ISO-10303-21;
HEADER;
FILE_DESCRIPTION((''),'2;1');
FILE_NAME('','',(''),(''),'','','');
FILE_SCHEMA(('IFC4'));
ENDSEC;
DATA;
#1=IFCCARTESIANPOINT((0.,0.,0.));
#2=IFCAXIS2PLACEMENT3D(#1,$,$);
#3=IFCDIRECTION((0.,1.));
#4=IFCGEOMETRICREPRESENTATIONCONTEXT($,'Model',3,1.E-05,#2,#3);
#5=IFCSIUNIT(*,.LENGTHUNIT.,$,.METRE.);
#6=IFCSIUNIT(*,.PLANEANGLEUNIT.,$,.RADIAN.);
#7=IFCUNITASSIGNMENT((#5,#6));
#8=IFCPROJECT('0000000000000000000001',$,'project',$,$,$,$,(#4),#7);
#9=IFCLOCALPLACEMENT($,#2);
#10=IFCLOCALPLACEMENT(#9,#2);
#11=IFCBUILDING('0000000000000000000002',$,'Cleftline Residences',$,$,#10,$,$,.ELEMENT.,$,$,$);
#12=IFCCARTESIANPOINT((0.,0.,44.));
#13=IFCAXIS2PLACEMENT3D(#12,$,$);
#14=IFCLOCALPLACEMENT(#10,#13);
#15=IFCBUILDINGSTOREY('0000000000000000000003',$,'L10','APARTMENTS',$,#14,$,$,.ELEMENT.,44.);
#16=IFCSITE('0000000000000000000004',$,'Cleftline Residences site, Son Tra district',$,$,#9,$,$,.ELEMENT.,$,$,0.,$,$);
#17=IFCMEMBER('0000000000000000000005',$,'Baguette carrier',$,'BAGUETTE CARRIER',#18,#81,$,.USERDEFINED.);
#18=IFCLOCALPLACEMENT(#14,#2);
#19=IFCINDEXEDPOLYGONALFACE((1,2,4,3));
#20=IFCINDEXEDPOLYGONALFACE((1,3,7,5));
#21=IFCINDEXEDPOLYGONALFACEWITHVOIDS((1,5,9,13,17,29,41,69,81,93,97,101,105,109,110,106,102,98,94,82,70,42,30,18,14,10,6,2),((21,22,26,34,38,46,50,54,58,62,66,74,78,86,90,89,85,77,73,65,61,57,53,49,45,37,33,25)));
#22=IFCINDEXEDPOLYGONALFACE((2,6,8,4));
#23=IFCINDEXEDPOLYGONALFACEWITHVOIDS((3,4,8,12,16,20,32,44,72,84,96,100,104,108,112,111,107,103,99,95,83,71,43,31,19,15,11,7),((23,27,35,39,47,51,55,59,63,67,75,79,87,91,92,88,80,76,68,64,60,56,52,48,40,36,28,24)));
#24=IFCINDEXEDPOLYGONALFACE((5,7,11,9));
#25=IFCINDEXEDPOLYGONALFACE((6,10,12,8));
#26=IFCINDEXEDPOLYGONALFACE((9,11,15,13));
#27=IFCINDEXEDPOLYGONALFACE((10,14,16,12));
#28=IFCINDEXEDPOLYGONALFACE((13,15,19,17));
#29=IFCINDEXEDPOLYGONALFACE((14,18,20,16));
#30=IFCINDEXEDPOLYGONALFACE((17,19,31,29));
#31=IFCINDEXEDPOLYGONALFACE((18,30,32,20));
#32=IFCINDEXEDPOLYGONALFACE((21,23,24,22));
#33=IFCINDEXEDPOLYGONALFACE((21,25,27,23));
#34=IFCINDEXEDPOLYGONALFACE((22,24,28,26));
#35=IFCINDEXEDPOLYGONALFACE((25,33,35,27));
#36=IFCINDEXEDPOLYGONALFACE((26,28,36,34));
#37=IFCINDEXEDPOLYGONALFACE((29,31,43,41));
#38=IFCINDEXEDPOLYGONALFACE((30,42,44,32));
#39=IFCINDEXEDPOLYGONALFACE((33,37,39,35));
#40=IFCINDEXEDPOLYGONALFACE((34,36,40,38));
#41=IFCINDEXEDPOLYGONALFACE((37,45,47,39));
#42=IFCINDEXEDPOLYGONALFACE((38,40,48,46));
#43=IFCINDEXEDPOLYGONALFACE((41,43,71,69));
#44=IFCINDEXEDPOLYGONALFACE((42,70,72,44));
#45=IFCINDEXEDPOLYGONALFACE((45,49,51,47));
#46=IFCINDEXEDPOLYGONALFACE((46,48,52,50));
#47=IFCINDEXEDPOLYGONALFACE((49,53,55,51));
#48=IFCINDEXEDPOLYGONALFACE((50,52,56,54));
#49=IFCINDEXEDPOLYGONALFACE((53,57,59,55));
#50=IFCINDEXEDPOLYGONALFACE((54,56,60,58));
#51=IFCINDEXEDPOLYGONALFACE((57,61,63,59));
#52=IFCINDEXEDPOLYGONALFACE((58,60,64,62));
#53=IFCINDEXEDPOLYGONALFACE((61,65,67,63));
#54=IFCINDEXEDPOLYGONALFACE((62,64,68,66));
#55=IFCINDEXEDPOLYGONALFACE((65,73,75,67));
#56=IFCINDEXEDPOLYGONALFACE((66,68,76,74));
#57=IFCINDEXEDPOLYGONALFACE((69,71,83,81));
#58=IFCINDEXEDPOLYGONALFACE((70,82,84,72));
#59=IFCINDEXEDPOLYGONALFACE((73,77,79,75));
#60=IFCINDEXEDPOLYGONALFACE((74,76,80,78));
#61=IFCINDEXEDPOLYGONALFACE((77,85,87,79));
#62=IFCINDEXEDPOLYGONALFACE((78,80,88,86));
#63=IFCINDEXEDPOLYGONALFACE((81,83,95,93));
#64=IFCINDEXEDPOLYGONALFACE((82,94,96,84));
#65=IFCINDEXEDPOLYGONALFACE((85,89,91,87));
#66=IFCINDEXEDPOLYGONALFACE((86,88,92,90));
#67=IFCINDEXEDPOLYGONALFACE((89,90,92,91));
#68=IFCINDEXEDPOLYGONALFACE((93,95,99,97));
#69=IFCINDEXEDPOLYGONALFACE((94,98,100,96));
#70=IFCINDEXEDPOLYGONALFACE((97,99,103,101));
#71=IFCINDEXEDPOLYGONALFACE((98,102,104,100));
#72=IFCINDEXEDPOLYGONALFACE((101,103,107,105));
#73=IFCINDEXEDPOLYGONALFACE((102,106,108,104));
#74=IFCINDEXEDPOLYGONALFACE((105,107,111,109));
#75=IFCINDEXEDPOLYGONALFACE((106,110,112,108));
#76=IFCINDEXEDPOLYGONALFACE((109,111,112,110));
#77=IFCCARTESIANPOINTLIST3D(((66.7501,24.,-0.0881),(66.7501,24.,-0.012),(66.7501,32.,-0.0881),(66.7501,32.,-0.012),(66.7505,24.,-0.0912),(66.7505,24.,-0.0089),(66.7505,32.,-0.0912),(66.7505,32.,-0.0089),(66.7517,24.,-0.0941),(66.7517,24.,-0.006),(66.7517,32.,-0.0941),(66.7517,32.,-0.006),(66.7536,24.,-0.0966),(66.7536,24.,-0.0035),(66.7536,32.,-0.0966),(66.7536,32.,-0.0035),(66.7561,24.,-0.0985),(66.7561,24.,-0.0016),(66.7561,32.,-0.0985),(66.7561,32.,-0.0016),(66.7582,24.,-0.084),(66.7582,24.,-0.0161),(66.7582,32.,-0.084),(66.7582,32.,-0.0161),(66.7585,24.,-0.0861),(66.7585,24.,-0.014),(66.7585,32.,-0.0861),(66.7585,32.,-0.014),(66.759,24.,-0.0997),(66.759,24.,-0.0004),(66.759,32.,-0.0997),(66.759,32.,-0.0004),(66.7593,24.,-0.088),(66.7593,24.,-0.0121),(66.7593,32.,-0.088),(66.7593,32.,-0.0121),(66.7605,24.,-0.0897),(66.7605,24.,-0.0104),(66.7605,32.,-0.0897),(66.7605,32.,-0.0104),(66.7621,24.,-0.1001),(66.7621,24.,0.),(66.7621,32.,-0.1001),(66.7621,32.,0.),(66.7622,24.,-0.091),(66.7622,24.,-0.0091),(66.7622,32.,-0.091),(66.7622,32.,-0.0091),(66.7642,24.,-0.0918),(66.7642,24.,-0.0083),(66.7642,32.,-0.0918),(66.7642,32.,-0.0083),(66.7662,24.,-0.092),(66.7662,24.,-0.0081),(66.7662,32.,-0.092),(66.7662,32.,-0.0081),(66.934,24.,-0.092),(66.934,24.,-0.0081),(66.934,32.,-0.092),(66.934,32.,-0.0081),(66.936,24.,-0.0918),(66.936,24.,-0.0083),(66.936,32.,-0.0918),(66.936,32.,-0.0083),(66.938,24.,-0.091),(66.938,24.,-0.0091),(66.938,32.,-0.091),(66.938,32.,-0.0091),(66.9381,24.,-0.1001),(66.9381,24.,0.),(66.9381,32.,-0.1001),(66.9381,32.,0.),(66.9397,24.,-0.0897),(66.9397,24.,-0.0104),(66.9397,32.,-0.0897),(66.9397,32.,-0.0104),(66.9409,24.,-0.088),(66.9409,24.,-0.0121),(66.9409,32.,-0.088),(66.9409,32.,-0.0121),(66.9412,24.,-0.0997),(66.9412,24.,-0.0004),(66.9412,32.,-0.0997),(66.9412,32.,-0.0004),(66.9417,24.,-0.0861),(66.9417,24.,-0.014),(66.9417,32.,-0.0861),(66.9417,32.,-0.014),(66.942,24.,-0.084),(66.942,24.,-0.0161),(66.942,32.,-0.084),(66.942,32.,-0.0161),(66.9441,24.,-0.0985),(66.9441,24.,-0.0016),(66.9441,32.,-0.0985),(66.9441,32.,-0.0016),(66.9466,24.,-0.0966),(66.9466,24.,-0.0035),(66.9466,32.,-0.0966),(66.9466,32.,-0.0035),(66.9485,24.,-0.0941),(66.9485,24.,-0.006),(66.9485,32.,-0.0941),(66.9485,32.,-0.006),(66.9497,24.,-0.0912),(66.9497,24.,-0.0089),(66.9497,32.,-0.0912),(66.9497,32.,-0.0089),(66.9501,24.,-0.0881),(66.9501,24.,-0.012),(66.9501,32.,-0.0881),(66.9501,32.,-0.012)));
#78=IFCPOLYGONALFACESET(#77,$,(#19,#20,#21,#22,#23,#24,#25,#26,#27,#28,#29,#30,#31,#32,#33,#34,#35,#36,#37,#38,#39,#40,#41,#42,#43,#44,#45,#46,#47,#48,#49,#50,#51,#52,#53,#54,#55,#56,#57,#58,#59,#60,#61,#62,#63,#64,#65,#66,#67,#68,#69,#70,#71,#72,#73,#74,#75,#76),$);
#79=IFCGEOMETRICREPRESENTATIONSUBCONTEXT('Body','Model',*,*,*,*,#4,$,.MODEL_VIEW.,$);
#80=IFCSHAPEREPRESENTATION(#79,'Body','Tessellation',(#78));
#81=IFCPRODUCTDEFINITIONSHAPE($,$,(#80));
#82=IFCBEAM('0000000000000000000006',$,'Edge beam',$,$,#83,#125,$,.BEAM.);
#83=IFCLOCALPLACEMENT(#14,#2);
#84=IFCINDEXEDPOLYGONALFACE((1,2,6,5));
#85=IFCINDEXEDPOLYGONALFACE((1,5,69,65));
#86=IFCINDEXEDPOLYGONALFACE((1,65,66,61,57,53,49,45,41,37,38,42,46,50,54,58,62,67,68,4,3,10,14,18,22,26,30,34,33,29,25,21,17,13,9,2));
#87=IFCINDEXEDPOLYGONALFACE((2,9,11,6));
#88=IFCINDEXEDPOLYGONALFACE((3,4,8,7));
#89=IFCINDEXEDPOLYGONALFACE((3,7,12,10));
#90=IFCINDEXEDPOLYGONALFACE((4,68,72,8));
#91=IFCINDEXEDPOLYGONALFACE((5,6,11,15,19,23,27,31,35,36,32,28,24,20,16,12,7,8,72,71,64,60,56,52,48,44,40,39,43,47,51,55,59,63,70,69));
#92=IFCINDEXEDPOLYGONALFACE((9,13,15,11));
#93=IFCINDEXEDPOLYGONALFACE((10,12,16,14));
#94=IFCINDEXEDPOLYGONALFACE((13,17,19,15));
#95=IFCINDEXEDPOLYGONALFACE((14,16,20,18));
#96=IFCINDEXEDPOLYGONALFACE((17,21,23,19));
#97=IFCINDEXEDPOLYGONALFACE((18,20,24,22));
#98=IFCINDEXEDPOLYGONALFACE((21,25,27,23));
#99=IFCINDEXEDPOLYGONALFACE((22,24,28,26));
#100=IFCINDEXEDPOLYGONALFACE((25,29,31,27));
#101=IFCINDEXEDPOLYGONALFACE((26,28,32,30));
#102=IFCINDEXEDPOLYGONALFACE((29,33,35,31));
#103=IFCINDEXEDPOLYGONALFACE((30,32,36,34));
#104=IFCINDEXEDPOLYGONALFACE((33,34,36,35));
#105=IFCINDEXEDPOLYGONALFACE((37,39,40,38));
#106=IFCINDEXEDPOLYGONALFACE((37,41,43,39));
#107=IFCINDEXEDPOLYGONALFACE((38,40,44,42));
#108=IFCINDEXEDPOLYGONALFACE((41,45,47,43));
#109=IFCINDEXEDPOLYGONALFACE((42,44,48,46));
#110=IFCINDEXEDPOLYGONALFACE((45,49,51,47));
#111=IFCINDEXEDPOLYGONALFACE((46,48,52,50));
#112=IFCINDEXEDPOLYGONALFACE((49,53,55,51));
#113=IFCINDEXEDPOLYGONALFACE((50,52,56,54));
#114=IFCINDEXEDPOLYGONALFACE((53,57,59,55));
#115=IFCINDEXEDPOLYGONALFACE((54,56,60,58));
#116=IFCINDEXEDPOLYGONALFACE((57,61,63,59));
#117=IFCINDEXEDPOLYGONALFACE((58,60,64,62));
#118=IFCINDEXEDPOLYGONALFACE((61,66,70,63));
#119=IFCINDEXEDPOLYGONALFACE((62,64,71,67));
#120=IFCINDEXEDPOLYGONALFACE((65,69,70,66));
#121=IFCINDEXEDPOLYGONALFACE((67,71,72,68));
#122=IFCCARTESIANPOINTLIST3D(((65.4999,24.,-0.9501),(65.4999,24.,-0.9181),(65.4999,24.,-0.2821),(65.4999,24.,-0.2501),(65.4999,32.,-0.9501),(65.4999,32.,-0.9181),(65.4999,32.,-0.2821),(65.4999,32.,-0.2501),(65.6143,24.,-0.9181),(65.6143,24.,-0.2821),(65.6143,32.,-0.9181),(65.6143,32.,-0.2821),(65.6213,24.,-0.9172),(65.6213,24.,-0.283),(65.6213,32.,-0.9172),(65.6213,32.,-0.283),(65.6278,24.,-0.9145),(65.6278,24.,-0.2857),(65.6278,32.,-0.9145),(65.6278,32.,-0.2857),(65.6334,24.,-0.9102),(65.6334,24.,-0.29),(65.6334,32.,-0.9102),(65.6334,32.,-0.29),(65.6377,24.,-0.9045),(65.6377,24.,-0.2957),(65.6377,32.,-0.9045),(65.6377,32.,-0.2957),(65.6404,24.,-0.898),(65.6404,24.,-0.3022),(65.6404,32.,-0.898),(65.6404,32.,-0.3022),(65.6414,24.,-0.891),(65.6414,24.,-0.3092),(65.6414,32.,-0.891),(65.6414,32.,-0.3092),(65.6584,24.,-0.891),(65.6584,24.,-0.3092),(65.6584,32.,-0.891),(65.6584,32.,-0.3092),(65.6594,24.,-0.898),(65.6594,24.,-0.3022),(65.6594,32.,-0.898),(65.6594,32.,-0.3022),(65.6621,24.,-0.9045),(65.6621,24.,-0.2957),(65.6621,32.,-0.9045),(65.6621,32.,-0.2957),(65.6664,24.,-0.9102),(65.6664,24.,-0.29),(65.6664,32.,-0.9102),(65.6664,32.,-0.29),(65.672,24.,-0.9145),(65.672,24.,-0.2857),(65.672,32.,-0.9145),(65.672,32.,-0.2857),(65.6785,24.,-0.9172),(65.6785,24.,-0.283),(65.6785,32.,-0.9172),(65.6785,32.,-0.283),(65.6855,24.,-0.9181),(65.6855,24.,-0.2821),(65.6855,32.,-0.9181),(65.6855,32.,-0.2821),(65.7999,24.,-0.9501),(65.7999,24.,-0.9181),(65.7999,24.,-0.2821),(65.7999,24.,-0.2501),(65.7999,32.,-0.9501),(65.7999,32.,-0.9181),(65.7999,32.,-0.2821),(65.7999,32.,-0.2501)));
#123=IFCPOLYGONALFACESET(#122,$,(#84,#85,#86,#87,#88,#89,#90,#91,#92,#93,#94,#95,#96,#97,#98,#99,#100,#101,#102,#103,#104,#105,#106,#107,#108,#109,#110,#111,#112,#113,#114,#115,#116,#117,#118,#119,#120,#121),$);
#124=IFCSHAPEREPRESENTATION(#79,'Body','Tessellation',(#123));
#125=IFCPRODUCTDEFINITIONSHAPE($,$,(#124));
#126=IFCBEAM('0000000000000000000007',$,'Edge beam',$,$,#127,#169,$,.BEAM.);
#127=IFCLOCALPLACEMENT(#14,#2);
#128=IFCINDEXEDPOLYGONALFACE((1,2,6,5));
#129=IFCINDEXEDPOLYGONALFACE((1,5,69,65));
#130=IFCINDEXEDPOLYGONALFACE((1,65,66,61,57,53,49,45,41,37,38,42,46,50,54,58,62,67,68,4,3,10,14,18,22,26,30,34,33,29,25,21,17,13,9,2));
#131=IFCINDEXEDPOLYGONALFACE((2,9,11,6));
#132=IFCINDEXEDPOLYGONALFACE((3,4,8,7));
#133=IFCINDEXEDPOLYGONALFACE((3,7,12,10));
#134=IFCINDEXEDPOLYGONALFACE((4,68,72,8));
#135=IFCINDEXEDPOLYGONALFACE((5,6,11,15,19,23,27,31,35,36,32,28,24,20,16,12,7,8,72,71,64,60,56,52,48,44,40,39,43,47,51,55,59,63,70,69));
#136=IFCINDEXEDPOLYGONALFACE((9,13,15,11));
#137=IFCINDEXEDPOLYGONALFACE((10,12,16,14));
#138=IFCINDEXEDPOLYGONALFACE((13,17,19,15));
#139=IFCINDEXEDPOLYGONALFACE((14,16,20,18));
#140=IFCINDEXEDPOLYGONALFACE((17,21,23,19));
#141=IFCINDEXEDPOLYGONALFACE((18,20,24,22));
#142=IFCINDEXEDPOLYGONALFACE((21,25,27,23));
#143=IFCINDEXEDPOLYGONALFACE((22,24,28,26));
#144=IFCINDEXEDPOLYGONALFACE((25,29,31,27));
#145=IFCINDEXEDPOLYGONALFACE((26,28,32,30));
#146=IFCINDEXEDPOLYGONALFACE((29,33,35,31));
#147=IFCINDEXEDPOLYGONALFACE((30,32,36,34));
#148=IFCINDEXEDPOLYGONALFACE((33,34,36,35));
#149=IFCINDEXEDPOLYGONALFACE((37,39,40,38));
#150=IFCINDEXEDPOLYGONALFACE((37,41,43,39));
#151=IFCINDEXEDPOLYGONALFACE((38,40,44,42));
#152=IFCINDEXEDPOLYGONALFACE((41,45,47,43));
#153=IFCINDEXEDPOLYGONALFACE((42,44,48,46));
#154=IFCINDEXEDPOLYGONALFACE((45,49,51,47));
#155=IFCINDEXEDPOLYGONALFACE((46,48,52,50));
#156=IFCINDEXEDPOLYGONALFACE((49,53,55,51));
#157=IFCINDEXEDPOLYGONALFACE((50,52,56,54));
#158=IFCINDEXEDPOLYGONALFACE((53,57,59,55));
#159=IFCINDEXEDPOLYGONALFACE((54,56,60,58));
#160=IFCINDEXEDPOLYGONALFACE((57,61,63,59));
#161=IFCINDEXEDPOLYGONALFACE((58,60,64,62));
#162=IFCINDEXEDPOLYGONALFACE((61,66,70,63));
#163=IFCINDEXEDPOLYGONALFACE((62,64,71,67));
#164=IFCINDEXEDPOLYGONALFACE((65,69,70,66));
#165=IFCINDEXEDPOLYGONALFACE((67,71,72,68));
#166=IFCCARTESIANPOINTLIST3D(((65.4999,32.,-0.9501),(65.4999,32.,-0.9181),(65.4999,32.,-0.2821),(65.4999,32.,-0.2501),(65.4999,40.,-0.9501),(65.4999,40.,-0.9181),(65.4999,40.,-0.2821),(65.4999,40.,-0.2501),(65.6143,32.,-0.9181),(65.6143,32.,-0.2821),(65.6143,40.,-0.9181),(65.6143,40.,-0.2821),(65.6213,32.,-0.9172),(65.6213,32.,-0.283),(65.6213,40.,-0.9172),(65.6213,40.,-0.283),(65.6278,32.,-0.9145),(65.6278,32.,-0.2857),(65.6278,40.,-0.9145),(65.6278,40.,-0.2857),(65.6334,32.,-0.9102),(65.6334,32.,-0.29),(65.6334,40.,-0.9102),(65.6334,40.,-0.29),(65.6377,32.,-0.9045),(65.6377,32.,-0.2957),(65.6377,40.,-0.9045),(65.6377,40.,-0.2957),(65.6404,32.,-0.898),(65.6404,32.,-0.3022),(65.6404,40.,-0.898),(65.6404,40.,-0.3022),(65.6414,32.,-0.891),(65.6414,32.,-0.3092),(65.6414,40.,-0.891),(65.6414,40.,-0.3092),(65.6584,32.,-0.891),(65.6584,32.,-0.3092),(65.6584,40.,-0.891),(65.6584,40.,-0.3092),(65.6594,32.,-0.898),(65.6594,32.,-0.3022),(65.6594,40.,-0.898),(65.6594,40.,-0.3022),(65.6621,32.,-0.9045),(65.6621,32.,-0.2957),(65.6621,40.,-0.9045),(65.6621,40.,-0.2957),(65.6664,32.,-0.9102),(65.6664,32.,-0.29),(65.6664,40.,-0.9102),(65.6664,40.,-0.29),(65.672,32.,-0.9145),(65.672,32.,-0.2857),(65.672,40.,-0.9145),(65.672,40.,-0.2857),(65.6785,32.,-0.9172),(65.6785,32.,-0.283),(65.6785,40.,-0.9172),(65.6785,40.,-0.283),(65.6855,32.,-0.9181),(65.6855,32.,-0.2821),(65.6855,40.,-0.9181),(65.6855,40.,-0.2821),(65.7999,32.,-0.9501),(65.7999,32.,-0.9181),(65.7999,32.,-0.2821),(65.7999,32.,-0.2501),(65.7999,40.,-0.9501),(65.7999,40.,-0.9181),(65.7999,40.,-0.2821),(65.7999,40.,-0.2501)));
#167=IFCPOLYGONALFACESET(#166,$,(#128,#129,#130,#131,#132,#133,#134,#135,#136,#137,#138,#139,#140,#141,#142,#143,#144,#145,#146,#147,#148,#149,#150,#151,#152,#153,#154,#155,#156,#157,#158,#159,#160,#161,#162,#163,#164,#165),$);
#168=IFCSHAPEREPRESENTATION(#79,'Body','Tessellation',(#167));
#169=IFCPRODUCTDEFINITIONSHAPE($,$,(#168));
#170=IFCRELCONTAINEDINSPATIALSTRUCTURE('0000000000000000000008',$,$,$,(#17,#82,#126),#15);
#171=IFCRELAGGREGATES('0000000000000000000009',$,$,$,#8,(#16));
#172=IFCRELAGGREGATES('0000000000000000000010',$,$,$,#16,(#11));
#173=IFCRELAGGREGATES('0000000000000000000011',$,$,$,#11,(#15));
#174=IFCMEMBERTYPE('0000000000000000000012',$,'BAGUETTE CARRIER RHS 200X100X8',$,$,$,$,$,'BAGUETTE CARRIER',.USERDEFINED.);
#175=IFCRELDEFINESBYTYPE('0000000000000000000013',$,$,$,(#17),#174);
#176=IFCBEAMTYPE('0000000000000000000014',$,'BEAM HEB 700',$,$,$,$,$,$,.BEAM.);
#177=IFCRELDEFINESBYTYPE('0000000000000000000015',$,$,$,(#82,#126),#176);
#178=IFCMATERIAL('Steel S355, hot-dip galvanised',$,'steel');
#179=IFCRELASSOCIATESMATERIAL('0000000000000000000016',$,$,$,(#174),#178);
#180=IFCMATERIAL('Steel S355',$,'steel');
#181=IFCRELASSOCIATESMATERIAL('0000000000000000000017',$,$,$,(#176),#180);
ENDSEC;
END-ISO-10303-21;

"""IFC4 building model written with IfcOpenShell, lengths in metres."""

from ifc_helpers import new_model, si_unit, direction, frame, origin, origin_2d, place, context, subcontext, project, spatial, hollow_rectangle, i_section, extrude, material, material_profile, profile_set, type_object, element, save


model = new_model("IFC4")

# Units and contexts
model_context = context("Model", 3, precision=1e-05, world=origin(), true_north=direction((0.0, 1.0)))
body_context = subcontext(model_context, "Body", "Model", "MODEL_VIEW")
ifc_project = project(units=[si_unit("LENGTHUNIT", "METRE"), si_unit("PLANEANGLEUNIT", "RADIAN")], contexts=[model_context])

# Site, building, storey
site_placement = place(None, origin())
site = spatial("IfcSite", under=ifc_project, at=site_placement, Name="Cleftline Residences site, Son Tra district", CompositionType="ELEMENT", RefElevation=0.0)
building_placement = place(site_placement, origin())
building = spatial("IfcBuilding", under=site, at=building_placement, Name="Cleftline Residences", CompositionType="ELEMENT")
storey_placement = place(building_placement, frame((0.0, 0.0, 44.0)))
storey = spatial("IfcBuildingStorey", under=building, at=storey_placement, Name="L10", Description="APARTMENTS", CompositionType="ELEMENT", Elevation=44.0)

# Member
ifc_material_1 = material(Name="Steel S355, hot-dip galvanised", Category="steel")
ifc_material_profile_1 = material_profile(ifc_material_1, hollow_rectangle(XDim=0.1001, YDim=0.2, WallThickness=0.0081, InnerFilletRadius=0.0081, OuterFilletRadius=0.012, at=origin_2d()))
ifc_profile_set_1 = profile_set([ifc_material_profile_1], Name="Steel S355, hot-dip galvanised")
member_type_1 = type_object("IfcMemberType", Name="BAGUETTE CARRIER RHS 200X100X8", ElementType="BAGUETTE CARRIER", PredefinedType="USERDEFINED", material=ifc_profile_set_1)
member_1_placement = place(storey_placement, frame((66.8501, 24.0, -0.05), z_axis=(0.0, 1.0, 0.0), x_axis=(0.0, 0.0, 1.0)))
element("IfcMember", 1, at=member_1_placement, inside=storey, type_object=member_type_1, Name="Baguette carrier", ObjectType="BAGUETTE CARRIER", PredefinedType="USERDEFINED", context=body_context, shape_type="SweptSolid", body=[
    extrude(hollow_rectangle(XDim=0.1001, YDim=0.2, WallThickness=0.0081, InnerFilletRadius=0.0081, OuterFilletRadius=0.012, at=origin_2d()), origin(), (0.0, 0.0, 1.0), 8.0),
])

# Beams
ifc_material_2 = material(Name="Steel S355", Category="steel")
ifc_material_profile_2 = material_profile(ifc_material_2, i_section(OverallWidth=0.3, OverallDepth=0.7, WebThickness=0.0171, FlangeThickness=0.032, FilletRadius=0.0271, at=origin_2d()))
ifc_profile_set_2 = profile_set([ifc_material_profile_2], Name="Steel S355")
beam_type_1 = type_object("IfcBeamType", Name="BEAM HEB 700", PredefinedType="BEAM", material=ifc_profile_set_2)
for number, where, z_axis, x_axis, name in (
    (2, (65.6499, 24.0, -0.6001), (0.0, 1.0, 0.0), (-1.0, 0.0, 0.0), "Edge beam"),
    (3, (65.6499, 32.0, -0.6001), (0.0, 1.0, 0.0), (-1.0, 0.0, 0.0), "Edge beam"),
):
    element("IfcBeam", number, at=place(storey_placement, frame(where, z_axis=z_axis, x_axis=x_axis)), inside=storey, type_object=beam_type_1, Name=name, PredefinedType="BEAM", context=body_context, shape_type="SweptSolid", body=[
        extrude(i_section(OverallWidth=0.3, OverallDepth=0.7, WebThickness=0.0171, FlangeThickness=0.032, FilletRadius=0.0271, at=origin_2d()), origin(), (0.0, 0.0, 1.0), 8.0),
    ])

save(model, "model.ifc")
